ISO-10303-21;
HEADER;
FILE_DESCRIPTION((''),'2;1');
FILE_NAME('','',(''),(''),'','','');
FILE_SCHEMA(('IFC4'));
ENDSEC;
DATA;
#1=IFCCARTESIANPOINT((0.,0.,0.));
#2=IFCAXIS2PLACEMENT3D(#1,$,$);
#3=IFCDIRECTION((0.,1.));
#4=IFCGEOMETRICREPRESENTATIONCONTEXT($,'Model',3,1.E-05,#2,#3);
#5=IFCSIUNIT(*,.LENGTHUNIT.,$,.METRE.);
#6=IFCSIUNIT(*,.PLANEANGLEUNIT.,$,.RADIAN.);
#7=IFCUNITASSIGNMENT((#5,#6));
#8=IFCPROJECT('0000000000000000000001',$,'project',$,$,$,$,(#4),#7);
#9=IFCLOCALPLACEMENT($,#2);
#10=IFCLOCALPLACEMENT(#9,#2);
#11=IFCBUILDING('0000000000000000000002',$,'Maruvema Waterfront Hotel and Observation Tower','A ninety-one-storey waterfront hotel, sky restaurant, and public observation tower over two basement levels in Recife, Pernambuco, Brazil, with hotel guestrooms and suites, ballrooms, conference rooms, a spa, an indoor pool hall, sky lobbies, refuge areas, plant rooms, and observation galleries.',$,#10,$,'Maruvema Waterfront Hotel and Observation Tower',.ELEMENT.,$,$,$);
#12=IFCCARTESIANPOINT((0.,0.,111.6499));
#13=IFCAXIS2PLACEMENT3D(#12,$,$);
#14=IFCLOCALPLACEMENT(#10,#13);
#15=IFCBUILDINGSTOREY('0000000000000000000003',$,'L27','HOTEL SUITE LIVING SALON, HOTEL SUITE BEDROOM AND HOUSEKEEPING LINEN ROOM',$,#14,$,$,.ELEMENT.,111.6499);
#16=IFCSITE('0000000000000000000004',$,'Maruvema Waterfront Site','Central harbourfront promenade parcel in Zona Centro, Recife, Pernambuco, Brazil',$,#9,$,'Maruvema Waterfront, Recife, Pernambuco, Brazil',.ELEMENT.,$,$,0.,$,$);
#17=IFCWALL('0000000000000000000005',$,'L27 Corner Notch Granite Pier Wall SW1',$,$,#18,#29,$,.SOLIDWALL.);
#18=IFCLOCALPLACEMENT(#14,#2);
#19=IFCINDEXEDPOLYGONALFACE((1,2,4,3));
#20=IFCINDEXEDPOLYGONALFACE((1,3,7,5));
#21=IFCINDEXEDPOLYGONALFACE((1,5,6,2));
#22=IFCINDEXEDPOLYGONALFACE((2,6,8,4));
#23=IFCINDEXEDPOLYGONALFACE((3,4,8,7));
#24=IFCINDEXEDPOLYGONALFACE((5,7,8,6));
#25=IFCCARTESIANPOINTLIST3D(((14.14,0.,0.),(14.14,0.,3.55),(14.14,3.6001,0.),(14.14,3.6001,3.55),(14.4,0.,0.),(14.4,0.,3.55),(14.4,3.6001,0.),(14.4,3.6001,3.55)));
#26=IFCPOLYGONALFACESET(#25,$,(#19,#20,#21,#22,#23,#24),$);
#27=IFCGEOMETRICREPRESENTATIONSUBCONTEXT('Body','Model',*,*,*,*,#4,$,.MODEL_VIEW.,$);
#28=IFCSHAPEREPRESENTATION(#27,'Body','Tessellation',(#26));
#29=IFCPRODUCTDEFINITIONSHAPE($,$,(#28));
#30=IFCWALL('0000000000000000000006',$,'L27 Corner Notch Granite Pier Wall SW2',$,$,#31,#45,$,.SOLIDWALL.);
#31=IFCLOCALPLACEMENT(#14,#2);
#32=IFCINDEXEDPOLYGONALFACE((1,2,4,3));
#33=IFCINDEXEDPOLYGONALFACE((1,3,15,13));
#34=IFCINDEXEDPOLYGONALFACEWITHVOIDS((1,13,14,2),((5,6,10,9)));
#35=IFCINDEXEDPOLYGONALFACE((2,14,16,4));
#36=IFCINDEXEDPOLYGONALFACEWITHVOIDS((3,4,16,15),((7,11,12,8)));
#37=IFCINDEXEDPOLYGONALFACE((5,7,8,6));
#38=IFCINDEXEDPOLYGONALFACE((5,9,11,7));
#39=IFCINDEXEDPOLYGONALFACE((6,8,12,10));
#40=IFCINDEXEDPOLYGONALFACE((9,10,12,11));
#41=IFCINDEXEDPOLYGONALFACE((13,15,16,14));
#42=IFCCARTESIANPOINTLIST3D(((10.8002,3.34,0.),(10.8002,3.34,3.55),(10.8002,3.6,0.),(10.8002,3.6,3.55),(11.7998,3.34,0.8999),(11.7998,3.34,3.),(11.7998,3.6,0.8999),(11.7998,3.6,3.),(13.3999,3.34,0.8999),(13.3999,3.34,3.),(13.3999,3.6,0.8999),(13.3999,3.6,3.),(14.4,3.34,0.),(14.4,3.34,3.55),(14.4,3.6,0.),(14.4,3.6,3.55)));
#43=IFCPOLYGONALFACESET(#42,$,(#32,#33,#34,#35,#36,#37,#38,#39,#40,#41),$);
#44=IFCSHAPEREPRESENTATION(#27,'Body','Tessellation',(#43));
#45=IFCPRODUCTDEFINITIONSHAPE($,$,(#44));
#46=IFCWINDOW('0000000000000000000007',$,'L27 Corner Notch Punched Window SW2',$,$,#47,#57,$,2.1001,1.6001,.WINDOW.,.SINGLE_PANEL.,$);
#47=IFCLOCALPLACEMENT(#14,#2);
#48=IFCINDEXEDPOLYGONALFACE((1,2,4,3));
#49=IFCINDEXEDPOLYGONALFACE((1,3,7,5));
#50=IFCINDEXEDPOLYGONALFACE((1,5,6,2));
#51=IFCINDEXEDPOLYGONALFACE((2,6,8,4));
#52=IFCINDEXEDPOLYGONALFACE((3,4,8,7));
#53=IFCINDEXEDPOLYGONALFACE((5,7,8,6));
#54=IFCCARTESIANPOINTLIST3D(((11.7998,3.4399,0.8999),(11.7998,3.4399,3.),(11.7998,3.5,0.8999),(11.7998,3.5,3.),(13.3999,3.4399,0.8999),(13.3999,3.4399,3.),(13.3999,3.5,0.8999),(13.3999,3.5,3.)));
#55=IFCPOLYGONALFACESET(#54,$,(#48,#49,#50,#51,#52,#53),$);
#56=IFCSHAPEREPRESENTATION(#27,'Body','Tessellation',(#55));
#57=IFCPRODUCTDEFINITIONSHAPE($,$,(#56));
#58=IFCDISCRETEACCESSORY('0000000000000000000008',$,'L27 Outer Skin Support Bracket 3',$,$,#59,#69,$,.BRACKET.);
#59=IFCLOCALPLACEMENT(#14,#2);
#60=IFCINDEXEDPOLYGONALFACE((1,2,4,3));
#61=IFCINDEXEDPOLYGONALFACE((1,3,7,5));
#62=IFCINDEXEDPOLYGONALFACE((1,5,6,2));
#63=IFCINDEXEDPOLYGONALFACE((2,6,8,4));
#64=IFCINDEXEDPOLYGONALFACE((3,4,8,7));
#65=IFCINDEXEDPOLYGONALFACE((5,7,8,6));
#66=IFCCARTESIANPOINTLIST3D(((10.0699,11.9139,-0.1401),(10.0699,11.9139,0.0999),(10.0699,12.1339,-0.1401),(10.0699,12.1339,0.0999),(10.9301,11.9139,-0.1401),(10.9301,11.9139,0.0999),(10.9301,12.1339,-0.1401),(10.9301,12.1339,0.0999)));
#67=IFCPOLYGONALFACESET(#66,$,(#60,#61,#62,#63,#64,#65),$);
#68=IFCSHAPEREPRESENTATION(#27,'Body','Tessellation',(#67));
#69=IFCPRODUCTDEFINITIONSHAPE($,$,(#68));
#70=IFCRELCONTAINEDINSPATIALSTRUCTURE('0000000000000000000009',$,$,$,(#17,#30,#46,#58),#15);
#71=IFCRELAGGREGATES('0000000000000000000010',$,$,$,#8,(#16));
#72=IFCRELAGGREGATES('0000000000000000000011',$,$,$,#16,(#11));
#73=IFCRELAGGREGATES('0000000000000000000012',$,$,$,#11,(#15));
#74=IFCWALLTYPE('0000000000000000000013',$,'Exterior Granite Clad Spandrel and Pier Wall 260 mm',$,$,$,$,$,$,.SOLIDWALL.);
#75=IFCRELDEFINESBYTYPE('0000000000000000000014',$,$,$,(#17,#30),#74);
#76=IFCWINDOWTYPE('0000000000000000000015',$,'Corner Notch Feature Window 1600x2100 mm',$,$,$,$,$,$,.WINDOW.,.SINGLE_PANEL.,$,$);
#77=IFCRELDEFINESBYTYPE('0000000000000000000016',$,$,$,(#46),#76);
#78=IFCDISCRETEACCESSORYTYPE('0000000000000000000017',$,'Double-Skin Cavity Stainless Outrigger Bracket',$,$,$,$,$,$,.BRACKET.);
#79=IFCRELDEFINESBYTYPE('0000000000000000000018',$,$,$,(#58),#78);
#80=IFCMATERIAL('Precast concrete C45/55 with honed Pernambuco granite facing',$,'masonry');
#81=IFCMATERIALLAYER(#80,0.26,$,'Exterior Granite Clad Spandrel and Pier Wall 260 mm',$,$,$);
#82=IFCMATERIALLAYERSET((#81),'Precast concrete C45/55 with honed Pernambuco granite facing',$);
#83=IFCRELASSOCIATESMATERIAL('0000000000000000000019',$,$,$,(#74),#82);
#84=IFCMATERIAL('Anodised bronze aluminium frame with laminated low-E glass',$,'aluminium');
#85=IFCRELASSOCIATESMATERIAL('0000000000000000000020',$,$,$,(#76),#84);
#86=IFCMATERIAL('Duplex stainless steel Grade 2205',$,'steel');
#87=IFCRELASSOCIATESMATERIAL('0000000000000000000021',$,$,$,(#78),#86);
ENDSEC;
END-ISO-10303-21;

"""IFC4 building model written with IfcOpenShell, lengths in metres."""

from ifc_helpers import new_model, si_unit, direction, frame, frame_2d, origin, origin_2d, place, context, subcontext, project, spatial, rectangle, extrude, material, layer, layer_set, type_object, element, fill, save


model = new_model("IFC4")

# Units and contexts
model_context = context("Model", 3, precision=1e-05, world=origin(), true_north=direction((0.0, 1.0)))
body_context = subcontext(model_context, "Body", "Model", "MODEL_VIEW")
ifc_project = project(units=[si_unit("LENGTHUNIT", "METRE"), si_unit("PLANEANGLEUNIT", "RADIAN")], contexts=[model_context])

# Site, building, storey
site_placement = place(None, origin())
site = spatial("IfcSite", under=ifc_project, at=site_placement, Name="Maruvema Waterfront Site", Description="Central harbourfront promenade parcel in Zona Centro, Recife, Pernambuco, Brazil", LongName="Maruvema Waterfront, Recife, Pernambuco, Brazil", CompositionType="ELEMENT", RefElevation=0.0)
building_placement = place(site_placement, origin())
building = spatial("IfcBuilding", under=site, at=building_placement, Name="Maruvema Waterfront Hotel and Observation Tower", Description="A ninety-one-storey waterfront hotel, sky restaurant, and public observation tower over two basement levels in Recife, Pernambuco, Brazil, with hotel guestrooms and suites, ballrooms, conference rooms, a spa, an indoor pool hall, sky lobbies, refuge areas, plant rooms, and observation galleries.", LongName="Maruvema Waterfront Hotel and Observation Tower", CompositionType="ELEMENT")
storey_placement = place(building_placement, frame((0.0, 0.0, 111.6499)))
storey = spatial("IfcBuildingStorey", under=building, at=storey_placement, Name="L27", Description="HOTEL SUITE LIVING SALON, HOTEL SUITE BEDROOM AND HOUSEKEEPING LINEN ROOM", CompositionType="ELEMENT", Elevation=111.6499)

# Wall
ifc_material_1 = material(Name="Precast concrete C45/55 with honed Pernambuco granite facing", Category="masonry")
ifc_layer_1 = layer(ifc_material_1, 0.26, Name="Exterior Granite Clad Spandrel and Pier Wall 260 mm")
ifc_layer_set_1 = layer_set([ifc_layer_1], Name="Precast concrete C45/55 with honed Pernambuco granite facing")
wall_type = type_object("IfcWallType", Name="Exterior Granite Clad Spandrel and Pier Wall 260 mm", PredefinedType="SOLIDWALL", material=ifc_layer_set_1)
wall_1_placement = place(storey_placement, frame((14.27, 0.0, 0.0), z_axis=(0.0, 0.0, 1.0), x_axis=(0.0, 1.0, 0.0)))
element("IfcWall", 1, at=wall_1_placement, inside=storey, type_object=wall_type, Name="L27 Corner Notch Granite Pier Wall SW1", PredefinedType="SOLIDWALL", context=body_context, shape_type="SweptSolid", body=[
    extrude(rectangle(XDim=3.6001, YDim=0.26, at=frame_2d((1.8, 0.0))), origin(), (0.0, 0.0, 1.0), 3.55),
])

# Wall, opening, window
wall_2_placement = place(storey_placement, frame((14.3999, 3.47, 0.0), z_axis=(0.0, 0.0, 1.0), x_axis=(-1.0, 0.0, 0.0)))
wall_2 = element("IfcWall", 2, at=wall_2_placement, inside=storey, type_object=wall_type, Name="L27 Corner Notch Granite Pier Wall SW2", PredefinedType="SOLIDWALL", context=body_context, shape_type="SweptSolid", body=[
    extrude(rectangle(XDim=3.5999, YDim=0.26, at=frame_2d((1.7998, 0.0))), origin(), (0.0, 0.0, 1.0), 3.55),
])
opening_placement = place(wall_2_placement, frame((1.0, 0.0, 0.8999)))
opening = element("IfcOpeningElement", 3, at=opening_placement, cuts=wall_2, PredefinedType="OPENING", context=body_context, shape_type="SweptSolid", body=[
    extrude(rectangle(XDim=1.6001, YDim=2.1001, at=frame_2d((0.8, 1.05))), frame((0.0, 0.1401, 0.0), z_axis=(0.0, -1.0, 0.0), x_axis=(1.0, 0.0, 0.0)), (0.0, 0.0, 1.0), 0.28),
])
ifc_material_2 = material(Name="Anodised bronze aluminium frame with laminated low-E glass", Category="aluminium")
window_type = type_object("IfcWindowType", Name="Corner Notch Feature Window 1600x2100 mm", PartitioningType="SINGLE_PANEL", PredefinedType="WINDOW", material=ifc_material_2)
window_placement = place(opening_placement, origin())
window = element("IfcWindow", 4, at=window_placement, inside=storey, type_object=window_type, Name="L27 Corner Notch Punched Window SW2", OverallHeight=2.1001, OverallWidth=1.6001, PartitioningType="SINGLE_PANEL", PredefinedType="WINDOW", context=body_context, shape_type="SweptSolid", body=[
    extrude(rectangle(XDim=1.6001, YDim=2.1001, at=frame_2d((0.8, 1.05))), frame((0.0, 0.03, 0.0), z_axis=(0.0, -1.0, 0.0), x_axis=(1.0, 0.0, 0.0)), (0.0, 0.0, 1.0), 0.0601),
])
fill(opening, window)

# Discrete accessory
ifc_material_3 = material(Name="Duplex stainless steel Grade 2205", Category="steel")
discrete_accessory_type = type_object("IfcDiscreteAccessoryType", Name="Double-Skin Cavity Stainless Outrigger Bracket", PredefinedType="BRACKET", material=ifc_material_3)
discrete_accessory_placement = place(storey_placement, frame((10.5, 12.0239, -0.1401), z_axis=(0.0, 0.0, 1.0), x_axis=(0.0, -1.0, 0.0)))
element("IfcDiscreteAccessory", 5, at=discrete_accessory_placement, inside=storey, type_object=discrete_accessory_type, Name="L27 Outer Skin Support Bracket 3", PredefinedType="BRACKET", context=body_context, shape_type="SweptSolid", body=[
    extrude(rectangle(XDim=0.22, YDim=0.8601, at=origin_2d()), origin(), (0.0, 0.0, 1.0), 0.24),
])

save(model, "model.ifc")
